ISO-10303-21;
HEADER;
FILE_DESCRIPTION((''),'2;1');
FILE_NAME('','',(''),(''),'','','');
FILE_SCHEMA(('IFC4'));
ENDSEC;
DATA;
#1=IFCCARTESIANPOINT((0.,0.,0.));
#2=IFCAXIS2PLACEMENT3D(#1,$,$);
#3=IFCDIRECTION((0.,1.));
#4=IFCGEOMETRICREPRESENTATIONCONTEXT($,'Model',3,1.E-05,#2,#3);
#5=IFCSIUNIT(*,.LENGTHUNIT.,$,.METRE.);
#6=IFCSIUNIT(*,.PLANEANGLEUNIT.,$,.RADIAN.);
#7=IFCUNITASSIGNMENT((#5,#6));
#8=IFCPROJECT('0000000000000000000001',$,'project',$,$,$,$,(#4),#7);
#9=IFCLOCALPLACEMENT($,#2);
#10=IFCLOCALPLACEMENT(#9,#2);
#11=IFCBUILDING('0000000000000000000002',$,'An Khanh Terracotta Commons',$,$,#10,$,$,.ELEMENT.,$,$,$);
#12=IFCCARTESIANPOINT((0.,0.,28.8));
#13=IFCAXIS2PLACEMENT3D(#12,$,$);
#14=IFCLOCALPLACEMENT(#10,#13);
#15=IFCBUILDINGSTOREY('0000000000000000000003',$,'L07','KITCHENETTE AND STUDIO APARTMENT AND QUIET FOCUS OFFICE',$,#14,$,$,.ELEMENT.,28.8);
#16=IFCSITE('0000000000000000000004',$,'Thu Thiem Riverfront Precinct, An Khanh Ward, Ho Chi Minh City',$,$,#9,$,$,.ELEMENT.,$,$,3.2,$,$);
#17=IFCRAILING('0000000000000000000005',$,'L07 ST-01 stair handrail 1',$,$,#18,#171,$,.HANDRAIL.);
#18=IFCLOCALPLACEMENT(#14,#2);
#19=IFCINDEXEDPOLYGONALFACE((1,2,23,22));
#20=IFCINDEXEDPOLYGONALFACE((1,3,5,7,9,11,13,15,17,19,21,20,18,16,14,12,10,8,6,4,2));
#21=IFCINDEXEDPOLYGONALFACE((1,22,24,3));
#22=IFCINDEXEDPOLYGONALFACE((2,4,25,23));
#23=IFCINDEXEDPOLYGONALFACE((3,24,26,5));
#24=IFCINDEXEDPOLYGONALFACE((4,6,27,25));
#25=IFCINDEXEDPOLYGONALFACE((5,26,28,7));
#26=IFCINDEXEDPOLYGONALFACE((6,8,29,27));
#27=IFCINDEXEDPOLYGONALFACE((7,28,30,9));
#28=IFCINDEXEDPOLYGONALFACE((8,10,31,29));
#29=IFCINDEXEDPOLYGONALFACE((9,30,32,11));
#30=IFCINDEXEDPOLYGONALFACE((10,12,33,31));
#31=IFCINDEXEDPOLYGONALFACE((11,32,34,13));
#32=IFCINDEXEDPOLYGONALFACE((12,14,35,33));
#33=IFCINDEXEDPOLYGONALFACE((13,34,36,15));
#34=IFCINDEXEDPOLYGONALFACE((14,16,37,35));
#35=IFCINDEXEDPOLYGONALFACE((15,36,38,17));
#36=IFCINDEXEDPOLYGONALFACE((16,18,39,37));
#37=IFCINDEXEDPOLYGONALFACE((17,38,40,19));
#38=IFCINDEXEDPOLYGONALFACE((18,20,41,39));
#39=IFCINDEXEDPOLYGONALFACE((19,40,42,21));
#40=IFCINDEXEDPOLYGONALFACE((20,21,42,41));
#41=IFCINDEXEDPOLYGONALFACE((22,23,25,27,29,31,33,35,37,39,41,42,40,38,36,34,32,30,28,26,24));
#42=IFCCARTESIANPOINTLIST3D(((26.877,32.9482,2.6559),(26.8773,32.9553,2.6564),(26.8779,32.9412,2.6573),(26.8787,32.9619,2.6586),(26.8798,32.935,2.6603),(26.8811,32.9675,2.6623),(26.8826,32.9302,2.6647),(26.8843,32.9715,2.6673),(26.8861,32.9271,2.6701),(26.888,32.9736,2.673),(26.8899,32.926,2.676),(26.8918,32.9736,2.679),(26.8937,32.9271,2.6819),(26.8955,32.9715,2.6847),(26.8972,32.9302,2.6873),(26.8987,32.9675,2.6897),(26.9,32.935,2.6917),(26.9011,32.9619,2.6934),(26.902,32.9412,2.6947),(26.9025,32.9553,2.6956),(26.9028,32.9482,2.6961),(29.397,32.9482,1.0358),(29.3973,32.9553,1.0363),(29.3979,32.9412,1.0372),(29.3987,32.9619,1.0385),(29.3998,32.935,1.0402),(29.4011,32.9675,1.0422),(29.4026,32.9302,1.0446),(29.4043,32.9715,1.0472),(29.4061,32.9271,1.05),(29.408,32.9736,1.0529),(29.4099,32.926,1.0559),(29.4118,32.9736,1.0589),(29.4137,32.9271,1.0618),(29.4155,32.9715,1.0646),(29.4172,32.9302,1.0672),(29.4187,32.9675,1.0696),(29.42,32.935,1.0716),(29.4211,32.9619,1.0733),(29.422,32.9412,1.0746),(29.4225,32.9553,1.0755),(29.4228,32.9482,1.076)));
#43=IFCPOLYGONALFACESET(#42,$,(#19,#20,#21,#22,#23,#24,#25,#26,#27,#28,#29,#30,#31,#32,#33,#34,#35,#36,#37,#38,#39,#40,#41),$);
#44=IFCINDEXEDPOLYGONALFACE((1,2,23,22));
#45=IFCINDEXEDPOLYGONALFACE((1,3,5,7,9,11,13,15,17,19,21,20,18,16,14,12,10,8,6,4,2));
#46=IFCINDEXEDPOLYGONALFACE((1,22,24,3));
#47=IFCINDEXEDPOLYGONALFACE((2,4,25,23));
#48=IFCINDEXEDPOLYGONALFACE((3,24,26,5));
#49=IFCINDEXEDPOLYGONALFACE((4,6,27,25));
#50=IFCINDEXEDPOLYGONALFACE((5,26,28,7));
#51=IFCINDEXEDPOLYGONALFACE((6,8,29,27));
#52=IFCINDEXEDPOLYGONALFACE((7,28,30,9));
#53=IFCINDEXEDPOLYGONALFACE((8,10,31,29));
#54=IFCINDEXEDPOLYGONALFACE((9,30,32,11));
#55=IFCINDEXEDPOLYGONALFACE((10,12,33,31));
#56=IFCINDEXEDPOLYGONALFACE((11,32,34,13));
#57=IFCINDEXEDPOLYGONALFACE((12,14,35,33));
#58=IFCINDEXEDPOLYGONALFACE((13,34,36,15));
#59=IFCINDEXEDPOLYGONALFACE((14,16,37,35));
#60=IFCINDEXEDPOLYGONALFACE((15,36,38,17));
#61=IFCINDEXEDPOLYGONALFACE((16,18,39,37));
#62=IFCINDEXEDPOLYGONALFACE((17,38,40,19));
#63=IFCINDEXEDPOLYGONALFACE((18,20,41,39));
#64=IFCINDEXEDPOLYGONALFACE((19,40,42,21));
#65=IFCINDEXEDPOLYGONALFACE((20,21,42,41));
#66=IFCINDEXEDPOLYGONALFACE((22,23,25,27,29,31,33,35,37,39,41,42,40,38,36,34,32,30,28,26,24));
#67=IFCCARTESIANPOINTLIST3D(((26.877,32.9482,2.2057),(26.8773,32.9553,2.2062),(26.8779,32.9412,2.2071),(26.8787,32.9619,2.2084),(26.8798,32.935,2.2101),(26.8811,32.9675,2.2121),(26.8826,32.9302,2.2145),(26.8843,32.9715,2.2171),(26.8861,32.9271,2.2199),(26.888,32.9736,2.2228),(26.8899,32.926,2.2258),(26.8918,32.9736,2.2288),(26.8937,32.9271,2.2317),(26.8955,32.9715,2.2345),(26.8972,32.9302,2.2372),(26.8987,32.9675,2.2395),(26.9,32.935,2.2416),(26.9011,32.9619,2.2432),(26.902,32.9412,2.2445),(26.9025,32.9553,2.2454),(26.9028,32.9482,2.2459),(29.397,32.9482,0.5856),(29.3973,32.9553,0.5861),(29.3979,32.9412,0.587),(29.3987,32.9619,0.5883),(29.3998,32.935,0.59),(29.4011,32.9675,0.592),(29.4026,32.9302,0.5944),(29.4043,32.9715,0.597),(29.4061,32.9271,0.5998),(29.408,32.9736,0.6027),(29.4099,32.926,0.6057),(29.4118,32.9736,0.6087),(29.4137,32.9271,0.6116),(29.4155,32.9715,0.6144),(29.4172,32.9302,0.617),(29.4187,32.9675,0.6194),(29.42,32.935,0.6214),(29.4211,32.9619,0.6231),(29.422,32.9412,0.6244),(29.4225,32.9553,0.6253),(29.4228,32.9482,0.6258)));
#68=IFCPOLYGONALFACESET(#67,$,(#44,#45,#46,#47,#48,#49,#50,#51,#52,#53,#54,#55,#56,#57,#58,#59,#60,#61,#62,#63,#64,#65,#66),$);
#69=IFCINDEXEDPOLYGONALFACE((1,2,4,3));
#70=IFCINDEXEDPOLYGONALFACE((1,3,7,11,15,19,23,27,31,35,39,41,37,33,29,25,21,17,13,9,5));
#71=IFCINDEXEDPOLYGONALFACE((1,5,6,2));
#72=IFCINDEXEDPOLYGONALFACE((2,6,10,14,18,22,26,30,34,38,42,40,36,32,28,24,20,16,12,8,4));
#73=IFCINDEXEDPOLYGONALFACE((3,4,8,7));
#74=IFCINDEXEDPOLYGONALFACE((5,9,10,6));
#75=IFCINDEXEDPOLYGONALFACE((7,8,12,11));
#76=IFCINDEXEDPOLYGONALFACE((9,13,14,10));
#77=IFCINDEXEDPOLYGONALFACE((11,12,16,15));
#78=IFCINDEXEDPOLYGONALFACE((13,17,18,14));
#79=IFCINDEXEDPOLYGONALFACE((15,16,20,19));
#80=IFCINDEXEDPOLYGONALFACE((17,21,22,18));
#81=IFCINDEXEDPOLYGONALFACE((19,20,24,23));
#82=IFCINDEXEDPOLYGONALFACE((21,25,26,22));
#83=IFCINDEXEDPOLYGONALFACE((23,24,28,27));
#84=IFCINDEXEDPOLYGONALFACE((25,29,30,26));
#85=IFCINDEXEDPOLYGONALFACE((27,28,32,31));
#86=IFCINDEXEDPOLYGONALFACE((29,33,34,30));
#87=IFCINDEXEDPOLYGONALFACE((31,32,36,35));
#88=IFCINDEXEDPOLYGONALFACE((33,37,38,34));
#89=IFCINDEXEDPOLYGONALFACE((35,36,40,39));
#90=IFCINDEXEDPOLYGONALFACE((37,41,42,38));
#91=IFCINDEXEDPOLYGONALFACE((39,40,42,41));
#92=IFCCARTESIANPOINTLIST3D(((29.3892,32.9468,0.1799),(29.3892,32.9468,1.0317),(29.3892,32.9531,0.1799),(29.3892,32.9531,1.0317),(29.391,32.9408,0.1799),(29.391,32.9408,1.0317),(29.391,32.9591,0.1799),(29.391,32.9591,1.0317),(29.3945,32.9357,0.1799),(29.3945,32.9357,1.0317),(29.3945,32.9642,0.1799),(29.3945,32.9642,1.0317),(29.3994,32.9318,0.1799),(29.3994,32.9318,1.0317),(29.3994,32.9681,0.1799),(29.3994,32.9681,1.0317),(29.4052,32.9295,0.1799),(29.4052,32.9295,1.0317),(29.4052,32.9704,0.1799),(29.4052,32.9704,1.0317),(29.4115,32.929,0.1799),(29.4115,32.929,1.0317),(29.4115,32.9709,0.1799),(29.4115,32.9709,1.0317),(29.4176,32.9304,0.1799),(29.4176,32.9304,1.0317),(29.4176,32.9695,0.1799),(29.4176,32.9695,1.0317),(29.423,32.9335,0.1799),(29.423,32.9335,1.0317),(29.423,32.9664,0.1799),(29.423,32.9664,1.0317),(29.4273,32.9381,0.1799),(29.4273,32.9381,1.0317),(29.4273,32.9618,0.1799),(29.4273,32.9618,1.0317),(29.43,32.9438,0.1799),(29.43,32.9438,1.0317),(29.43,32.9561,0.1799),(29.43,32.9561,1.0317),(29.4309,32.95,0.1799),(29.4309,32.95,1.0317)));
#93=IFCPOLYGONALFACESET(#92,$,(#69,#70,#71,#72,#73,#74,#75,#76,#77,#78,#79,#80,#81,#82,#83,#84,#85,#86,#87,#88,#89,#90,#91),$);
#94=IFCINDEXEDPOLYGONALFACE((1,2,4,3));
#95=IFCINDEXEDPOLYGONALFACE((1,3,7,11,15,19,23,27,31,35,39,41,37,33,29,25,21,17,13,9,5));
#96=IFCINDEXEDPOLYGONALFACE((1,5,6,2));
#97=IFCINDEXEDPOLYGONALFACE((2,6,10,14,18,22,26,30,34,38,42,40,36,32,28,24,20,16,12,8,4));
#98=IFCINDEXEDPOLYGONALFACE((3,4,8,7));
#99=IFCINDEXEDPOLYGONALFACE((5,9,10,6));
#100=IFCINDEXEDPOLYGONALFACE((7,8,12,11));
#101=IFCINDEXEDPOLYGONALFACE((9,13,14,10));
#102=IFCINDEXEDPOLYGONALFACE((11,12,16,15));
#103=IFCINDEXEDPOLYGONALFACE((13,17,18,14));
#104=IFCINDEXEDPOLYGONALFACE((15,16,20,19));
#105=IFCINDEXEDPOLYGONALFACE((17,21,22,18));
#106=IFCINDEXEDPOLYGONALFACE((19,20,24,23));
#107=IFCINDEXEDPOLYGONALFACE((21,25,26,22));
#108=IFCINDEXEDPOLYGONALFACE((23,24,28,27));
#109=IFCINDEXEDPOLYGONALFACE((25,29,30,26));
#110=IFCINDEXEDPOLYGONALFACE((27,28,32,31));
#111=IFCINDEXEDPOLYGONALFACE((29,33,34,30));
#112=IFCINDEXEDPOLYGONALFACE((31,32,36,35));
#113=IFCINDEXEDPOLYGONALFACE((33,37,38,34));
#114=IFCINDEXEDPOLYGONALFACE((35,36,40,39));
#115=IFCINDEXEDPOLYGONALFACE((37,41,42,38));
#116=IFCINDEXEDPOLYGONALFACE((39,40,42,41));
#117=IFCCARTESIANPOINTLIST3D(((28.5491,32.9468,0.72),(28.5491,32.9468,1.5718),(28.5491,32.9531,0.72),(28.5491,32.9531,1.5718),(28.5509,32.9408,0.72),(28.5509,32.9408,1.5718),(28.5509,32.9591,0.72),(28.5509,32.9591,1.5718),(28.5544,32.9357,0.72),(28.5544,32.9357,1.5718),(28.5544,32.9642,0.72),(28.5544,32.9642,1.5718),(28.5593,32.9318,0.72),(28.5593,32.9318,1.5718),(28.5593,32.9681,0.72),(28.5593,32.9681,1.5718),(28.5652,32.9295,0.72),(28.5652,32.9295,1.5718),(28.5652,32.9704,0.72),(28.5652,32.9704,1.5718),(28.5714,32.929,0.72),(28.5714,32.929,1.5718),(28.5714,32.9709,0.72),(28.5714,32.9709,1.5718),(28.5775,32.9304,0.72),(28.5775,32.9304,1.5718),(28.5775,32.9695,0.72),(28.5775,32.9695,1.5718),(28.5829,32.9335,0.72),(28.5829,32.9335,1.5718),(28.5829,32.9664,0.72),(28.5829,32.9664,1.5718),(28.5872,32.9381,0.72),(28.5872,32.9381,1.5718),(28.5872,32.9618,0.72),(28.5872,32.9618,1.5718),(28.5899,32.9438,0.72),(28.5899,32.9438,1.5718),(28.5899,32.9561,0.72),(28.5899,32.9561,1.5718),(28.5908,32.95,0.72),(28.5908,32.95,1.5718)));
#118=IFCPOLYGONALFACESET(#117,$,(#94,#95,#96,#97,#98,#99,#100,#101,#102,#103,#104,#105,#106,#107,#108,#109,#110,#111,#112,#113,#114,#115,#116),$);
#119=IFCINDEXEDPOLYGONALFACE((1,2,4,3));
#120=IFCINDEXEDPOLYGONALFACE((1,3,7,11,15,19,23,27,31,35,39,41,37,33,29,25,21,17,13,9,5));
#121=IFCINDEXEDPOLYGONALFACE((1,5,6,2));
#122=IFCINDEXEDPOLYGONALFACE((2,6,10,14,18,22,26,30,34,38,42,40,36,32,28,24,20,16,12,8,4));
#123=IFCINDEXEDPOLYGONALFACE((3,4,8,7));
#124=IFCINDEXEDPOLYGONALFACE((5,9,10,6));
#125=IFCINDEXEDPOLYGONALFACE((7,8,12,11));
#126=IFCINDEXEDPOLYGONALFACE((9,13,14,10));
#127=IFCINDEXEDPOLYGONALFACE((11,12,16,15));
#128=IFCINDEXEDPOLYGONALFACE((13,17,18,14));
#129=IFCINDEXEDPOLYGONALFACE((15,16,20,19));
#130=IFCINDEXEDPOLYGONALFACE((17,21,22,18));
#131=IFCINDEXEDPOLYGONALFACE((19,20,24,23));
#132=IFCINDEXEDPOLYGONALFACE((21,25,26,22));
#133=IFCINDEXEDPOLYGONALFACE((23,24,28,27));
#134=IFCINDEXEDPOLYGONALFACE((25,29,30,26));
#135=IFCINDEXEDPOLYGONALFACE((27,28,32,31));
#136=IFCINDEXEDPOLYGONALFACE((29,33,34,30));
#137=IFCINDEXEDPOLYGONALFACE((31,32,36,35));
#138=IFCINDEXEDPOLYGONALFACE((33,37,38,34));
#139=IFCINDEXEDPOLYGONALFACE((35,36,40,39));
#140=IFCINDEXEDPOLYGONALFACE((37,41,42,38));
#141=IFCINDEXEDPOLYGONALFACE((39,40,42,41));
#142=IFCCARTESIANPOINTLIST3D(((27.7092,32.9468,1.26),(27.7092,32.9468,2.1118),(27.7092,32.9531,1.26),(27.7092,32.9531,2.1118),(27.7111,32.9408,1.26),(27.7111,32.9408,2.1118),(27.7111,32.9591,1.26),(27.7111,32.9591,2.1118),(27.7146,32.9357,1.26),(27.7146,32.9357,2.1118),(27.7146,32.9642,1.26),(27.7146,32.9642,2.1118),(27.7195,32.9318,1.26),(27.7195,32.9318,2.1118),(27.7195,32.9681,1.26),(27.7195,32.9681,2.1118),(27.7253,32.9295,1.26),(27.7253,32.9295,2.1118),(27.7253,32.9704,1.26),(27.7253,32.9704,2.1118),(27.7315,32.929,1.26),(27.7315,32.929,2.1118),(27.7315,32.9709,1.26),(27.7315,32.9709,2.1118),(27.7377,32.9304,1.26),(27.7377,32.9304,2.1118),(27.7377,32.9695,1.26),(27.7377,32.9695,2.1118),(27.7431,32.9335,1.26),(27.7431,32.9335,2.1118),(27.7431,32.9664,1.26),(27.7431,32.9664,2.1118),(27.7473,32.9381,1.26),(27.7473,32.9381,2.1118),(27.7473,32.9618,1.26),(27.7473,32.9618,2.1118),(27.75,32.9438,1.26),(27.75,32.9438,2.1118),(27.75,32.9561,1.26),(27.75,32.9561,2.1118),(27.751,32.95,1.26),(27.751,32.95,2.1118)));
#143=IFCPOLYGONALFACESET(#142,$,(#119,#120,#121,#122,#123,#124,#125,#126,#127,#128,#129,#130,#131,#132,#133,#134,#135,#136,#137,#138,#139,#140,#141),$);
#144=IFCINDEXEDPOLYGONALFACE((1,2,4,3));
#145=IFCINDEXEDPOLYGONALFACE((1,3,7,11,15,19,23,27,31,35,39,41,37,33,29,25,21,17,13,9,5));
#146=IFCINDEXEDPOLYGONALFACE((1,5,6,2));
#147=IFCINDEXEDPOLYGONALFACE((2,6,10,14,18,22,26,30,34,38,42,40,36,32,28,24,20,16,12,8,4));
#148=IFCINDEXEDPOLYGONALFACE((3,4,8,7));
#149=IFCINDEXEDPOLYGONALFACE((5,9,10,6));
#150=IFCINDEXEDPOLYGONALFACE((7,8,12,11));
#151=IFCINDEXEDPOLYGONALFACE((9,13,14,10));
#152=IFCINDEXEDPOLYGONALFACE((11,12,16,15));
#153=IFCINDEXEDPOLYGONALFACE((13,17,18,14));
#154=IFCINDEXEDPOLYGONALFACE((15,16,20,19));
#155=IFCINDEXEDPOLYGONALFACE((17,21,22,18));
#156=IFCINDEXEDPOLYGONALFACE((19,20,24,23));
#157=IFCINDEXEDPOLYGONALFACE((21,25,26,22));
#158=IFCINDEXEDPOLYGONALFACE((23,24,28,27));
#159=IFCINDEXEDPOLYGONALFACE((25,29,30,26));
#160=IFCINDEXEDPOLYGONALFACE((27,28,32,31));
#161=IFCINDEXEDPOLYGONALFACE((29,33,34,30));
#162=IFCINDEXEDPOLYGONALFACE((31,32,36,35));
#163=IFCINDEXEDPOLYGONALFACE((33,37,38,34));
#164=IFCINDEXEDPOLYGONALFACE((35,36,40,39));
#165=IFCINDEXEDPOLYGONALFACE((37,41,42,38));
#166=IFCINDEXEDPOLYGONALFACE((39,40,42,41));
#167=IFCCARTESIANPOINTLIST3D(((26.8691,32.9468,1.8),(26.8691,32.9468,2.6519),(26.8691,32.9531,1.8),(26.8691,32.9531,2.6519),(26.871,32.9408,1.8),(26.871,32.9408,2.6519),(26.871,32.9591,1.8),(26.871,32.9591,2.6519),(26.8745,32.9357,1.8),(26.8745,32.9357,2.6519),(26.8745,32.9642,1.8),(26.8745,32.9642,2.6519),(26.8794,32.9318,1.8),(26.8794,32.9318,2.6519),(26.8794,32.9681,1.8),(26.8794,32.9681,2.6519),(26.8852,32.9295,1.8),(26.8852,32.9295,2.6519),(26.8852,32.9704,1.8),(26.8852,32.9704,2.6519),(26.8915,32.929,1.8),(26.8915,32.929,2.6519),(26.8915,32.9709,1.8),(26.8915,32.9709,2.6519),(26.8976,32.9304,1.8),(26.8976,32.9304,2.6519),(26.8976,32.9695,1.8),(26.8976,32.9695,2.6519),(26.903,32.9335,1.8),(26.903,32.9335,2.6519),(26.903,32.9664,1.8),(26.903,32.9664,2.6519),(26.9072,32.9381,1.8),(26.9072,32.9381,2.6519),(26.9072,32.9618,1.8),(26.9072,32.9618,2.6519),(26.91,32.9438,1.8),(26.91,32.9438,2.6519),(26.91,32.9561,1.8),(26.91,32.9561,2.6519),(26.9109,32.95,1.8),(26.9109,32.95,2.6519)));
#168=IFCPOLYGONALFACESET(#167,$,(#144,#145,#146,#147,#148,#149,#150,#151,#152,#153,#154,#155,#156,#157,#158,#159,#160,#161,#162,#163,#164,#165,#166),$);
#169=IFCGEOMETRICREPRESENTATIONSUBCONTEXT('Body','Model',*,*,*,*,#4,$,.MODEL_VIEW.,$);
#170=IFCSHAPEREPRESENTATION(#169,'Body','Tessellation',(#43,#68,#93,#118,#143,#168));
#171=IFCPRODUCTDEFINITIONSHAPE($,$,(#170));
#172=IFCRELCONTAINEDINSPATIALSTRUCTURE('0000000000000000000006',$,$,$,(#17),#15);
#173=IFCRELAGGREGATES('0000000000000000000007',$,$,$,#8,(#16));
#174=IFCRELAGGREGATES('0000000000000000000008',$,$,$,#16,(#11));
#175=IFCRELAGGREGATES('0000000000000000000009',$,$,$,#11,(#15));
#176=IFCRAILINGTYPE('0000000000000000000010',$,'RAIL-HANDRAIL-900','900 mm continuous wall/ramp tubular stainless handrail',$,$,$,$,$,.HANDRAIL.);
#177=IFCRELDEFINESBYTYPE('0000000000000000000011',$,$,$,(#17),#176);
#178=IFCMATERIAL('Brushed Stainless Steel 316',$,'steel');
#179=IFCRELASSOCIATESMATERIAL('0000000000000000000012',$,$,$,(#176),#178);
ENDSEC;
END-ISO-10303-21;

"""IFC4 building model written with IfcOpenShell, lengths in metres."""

from ifc_helpers import new_model, si_unit, direction, frame, origin, origin_2d, place, context, subcontext, project, spatial, circle, extrude, material, type_object, element, save


model = new_model("IFC4")

# Units and contexts
model_context = context("Model", 3, precision=1e-05, world=origin(), true_north=direction((0.0, 1.0)))
body_context = subcontext(model_context, "Body", "Model", "MODEL_VIEW")
ifc_project = project(units=[si_unit("LENGTHUNIT", "METRE"), si_unit("PLANEANGLEUNIT", "RADIAN")], contexts=[model_context])

# Site, building, storey
site_placement = place(None, origin())
site = spatial("IfcSite", under=ifc_project, at=site_placement, Name="Thu Thiem Riverfront Precinct, An Khanh Ward, Ho Chi Minh City", CompositionType="ELEMENT", RefElevation=3.2)
building_placement = place(site_placement, origin())
building = spatial("IfcBuilding", under=site, at=building_placement, Name="An Khanh Terracotta Commons", CompositionType="ELEMENT")
storey_placement = place(building_placement, frame((0.0, 0.0, 28.8)))
storey = spatial("IfcBuildingStorey", under=building, at=storey_placement, Name="L07", Description="KITCHENETTE AND STUDIO APARTMENT AND QUIET FOCUS OFFICE", CompositionType="ELEMENT", Elevation=28.8)

# Railing
ifc_material_1 = material(Name="Brushed Stainless Steel 316", Category="steel")
railing_type_1 = type_object("IfcRailingType", Name="RAIL-HANDRAIL-900", Description="900 mm continuous wall/ramp tubular stainless handrail", PredefinedType="HANDRAIL", material=ifc_material_1)
railing_1_placement = place(storey_placement, frame((29.4099, 32.95, 0.1799)))
element("IfcRailing", 1, at=railing_1_placement, inside=storey, type_object=railing_type_1, Name="L07 ST-01 stair handrail 1", PredefinedType="HANDRAIL", context=body_context, shape_type="SweptSolid", body=[
    extrude(circle(Radius=0.0239, at=origin_2d()), frame((0.0, 0.0, 0.876), z_axis=(-0.841163, 0.0, 0.540782), x_axis=(0.0, -1.0, 0.0)), (0.0, 0.0, 1.0), 2.9958),
    extrude(circle(Radius=0.0239, at=origin_2d()), frame((0.0, 0.0, 0.4258), z_axis=(-0.841163, 0.0, 0.540782), x_axis=(0.0, -1.0, 0.0)), (0.0, 0.0, 1.0), 2.9958),
    extrude(circle(Radius=0.021, at=origin_2d()), origin(), (0.0, 0.0, 1.0), 0.8518),
    extrude(circle(Radius=0.021, at=origin_2d()), frame((-0.8401, 0.0, 0.54)), (0.0, 0.0, 1.0), 0.8518),
    extrude(circle(Radius=0.021, at=origin_2d()), frame((-1.6799, 0.0, 1.0801)), (0.0, 0.0, 1.0), 0.8518),
    extrude(circle(Radius=0.021, at=origin_2d()), frame((-2.52, 0.0, 1.6201)), (0.0, 0.0, 1.0), 0.8518),
])

save(model, "model.ifc")
